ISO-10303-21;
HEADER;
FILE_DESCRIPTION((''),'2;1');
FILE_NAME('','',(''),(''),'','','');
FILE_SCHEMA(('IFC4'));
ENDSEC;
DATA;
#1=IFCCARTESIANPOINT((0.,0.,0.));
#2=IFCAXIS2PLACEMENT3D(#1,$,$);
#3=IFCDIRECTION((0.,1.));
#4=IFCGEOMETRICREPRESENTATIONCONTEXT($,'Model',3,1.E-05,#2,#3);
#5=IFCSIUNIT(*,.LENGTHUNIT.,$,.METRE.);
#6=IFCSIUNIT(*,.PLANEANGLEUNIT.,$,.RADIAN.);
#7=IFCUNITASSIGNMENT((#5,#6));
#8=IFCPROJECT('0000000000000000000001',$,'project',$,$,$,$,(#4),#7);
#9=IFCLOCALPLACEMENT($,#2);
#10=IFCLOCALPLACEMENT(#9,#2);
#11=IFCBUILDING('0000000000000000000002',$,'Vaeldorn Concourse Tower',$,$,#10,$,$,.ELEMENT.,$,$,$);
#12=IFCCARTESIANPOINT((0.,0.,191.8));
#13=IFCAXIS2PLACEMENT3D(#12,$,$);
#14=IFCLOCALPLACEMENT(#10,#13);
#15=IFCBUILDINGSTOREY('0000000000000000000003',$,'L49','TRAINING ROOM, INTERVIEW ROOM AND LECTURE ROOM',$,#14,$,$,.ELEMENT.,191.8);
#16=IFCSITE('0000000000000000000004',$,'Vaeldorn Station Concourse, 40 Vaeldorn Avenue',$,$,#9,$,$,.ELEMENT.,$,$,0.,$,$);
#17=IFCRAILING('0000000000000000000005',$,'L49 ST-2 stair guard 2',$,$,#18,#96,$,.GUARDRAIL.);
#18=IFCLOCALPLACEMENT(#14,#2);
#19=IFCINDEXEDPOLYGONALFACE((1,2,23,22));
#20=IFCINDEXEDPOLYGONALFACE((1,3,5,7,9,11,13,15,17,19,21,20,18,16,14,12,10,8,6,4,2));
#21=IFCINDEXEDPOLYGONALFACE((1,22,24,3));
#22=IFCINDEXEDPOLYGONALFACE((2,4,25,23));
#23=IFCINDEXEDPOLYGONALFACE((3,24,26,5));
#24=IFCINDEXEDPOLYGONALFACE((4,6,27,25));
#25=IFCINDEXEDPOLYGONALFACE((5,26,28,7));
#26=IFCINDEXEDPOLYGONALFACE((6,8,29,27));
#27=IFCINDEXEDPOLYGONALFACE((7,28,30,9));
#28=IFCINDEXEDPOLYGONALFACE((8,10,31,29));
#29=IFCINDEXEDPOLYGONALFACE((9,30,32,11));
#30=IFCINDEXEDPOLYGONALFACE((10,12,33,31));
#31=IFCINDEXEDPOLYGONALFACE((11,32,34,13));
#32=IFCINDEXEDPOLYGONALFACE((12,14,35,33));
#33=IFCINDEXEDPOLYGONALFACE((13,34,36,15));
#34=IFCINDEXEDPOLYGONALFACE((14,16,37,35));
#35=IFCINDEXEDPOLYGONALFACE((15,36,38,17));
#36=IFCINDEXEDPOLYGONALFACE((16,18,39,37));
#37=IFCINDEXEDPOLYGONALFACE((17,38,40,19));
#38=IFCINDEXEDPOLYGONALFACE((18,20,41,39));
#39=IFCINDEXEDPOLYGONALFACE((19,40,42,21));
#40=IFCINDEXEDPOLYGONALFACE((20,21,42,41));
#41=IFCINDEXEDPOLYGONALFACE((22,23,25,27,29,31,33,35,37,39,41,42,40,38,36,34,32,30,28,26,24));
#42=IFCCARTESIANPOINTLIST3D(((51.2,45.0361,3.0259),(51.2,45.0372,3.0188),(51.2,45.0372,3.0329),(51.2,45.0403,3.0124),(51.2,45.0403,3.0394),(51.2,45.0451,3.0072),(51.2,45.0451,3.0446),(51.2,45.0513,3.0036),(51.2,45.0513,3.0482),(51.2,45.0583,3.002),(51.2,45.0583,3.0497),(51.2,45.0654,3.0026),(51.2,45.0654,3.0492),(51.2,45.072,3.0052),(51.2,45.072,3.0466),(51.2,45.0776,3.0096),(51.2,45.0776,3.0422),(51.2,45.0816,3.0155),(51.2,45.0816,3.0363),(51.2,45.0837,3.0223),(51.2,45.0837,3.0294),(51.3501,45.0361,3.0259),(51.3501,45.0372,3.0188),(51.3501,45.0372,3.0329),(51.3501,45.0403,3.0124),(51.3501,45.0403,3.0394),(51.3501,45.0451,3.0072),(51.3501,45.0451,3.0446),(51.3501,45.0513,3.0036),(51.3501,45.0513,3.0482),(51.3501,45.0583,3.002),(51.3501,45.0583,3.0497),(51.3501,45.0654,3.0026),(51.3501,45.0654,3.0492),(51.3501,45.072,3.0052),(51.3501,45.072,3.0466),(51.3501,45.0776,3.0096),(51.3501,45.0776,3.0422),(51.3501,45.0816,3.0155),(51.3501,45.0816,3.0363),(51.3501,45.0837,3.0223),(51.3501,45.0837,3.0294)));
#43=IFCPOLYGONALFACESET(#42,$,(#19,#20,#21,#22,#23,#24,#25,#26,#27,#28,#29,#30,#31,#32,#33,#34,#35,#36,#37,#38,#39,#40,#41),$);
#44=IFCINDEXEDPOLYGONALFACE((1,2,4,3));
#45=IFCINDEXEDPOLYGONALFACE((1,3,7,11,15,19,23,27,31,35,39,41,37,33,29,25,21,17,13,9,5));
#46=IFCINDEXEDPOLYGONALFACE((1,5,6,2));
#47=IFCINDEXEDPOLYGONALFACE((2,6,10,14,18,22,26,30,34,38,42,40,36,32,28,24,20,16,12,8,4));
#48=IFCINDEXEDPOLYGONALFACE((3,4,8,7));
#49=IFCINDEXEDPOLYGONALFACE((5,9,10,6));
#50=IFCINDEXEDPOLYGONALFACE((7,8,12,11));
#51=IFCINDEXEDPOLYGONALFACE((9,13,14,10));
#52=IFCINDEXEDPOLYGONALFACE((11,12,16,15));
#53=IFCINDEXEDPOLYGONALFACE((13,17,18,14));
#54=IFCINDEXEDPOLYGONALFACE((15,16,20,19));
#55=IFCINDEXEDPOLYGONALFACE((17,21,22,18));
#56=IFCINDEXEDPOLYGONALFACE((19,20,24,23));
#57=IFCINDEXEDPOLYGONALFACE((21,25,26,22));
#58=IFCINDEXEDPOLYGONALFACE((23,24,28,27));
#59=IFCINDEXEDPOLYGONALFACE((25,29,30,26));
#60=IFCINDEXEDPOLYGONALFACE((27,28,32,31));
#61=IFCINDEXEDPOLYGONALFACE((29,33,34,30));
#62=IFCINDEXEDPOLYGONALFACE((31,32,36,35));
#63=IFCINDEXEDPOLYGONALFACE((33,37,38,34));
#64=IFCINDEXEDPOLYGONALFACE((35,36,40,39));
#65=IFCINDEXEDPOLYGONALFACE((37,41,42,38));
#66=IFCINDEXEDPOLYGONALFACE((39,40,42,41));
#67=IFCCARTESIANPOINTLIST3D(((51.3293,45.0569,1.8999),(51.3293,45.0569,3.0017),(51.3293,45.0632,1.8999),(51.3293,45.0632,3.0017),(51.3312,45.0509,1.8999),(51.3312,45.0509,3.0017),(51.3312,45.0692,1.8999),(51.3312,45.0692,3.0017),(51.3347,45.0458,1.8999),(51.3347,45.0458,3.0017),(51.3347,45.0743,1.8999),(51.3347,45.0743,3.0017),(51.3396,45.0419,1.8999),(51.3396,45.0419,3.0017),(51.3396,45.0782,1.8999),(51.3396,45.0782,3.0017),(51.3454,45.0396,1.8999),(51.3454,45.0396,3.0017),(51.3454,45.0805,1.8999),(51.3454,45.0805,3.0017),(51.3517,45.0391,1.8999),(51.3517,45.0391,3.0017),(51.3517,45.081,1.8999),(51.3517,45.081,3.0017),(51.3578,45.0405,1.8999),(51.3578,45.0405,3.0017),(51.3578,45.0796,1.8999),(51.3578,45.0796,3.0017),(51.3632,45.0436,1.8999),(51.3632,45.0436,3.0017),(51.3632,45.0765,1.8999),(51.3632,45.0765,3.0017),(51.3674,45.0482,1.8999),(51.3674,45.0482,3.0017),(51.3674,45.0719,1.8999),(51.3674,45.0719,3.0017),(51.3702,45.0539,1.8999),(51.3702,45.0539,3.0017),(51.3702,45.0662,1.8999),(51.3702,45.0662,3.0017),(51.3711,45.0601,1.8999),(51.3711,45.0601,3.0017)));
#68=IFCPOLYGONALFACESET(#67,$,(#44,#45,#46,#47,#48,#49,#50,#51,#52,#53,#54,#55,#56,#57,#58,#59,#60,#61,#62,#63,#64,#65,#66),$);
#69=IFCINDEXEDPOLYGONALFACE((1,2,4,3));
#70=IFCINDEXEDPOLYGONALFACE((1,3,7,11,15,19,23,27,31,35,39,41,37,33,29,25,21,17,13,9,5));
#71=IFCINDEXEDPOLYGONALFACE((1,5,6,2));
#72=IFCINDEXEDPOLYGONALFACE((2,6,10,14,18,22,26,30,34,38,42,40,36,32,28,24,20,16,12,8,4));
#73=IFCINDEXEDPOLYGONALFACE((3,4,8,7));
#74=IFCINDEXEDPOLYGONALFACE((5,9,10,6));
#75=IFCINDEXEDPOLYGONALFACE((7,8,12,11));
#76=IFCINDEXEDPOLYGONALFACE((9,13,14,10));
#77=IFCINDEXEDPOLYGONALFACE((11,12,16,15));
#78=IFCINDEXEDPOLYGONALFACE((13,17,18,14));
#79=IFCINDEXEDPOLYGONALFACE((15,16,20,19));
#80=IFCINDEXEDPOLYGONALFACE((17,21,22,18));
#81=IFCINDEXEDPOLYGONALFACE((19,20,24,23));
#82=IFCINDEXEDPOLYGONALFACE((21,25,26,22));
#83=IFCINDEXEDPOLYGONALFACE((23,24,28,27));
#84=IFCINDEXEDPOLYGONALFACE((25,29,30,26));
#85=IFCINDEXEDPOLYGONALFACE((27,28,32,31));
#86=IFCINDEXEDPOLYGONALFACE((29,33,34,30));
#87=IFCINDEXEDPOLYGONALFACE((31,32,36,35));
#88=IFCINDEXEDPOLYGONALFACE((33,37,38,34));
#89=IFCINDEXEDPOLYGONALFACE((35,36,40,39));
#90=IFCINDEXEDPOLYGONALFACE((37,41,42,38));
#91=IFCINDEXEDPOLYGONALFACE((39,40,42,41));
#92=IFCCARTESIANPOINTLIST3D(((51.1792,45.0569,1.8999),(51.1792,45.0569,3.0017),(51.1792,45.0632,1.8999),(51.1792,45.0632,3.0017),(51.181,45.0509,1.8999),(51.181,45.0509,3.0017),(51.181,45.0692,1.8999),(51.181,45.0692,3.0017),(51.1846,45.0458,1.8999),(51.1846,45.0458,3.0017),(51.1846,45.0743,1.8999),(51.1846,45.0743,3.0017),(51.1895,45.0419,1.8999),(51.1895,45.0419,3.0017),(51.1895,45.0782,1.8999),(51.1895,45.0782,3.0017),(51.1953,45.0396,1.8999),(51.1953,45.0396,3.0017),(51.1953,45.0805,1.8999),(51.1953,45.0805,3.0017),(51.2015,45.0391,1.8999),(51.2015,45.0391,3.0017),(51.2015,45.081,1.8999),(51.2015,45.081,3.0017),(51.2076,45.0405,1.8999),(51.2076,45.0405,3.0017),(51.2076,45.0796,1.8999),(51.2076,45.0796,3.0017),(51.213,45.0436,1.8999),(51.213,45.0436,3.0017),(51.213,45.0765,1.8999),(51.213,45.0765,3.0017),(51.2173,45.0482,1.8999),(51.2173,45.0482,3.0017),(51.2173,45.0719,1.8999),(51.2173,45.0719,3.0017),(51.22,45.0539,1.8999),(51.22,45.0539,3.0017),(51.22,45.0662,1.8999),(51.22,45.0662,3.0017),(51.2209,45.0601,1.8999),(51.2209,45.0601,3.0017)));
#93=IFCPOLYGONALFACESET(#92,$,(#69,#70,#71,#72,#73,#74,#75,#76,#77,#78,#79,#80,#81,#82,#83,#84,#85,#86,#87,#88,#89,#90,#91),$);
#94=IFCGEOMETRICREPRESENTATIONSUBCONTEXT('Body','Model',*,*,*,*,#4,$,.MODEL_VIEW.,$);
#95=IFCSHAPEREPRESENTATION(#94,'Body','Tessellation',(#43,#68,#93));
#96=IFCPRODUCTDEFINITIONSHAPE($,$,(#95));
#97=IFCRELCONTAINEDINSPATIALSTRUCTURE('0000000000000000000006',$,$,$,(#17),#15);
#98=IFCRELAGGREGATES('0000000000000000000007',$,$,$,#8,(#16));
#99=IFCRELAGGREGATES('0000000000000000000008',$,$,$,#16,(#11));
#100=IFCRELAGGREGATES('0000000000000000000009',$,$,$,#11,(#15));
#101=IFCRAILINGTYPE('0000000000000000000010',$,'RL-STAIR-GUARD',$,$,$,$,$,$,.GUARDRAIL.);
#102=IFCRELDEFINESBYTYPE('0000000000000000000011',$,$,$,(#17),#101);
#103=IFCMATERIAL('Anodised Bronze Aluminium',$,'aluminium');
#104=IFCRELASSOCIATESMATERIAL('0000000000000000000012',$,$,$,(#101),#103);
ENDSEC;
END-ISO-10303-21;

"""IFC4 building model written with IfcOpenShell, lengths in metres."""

from ifc_helpers import new_model, si_unit, direction, frame, origin, origin_2d, place, context, subcontext, project, spatial, circle, extrude, material, type_object, element, save


model = new_model("IFC4")

# Units and contexts
model_context = context("Model", 3, precision=1e-05, world=origin(), true_north=direction((0.0, 1.0)))
body_context = subcontext(model_context, "Body", "Model", "MODEL_VIEW")
ifc_project = project(units=[si_unit("LENGTHUNIT", "METRE"), si_unit("PLANEANGLEUNIT", "RADIAN")], contexts=[model_context])

# Site, building, storey
site_placement = place(None, origin())
site = spatial("IfcSite", under=ifc_project, at=site_placement, Name="Vaeldorn Station Concourse, 40 Vaeldorn Avenue", CompositionType="ELEMENT", RefElevation=0.0)
building_placement = place(site_placement, origin())
building = spatial("IfcBuilding", under=site, at=building_placement, Name="Vaeldorn Concourse Tower", CompositionType="ELEMENT")
storey_placement = place(building_placement, frame((0.0, 0.0, 191.8)))
storey = spatial("IfcBuildingStorey", under=building, at=storey_placement, Name="L49", Description="TRAINING ROOM, INTERVIEW ROOM AND LECTURE ROOM", CompositionType="ELEMENT", Elevation=191.8)

# Shared definitions
ifc_material_1 = material(Name="Anodised Bronze Aluminium", Category="aluminium")

# Railing
railing_type_1 = type_object("IfcRailingType", Name="RL-STAIR-GUARD", PredefinedType="GUARDRAIL", material=ifc_material_1)
railing_1_placement = place(storey_placement, frame((51.3501, 45.0601, 1.8999)))
element("IfcRailing", 1, at=railing_1_placement, inside=storey, type_object=railing_type_1, Name="L49 ST-2 stair guard 2", PredefinedType="GUARDRAIL", context=body_context, shape_type="SweptSolid", body=[
    extrude(circle(Radius=0.0239, at=origin_2d()), frame((0.0, 0.0, 1.126), z_axis=(-1.0, 0.0, 0.0), x_axis=(0.0, -1.0, 0.0)), (0.0, 0.0, 1.0), 0.1501),
    extrude(circle(Radius=0.021, at=origin_2d()), origin(), (0.0, 0.0, 1.0), 1.1018),
    extrude(circle(Radius=0.021, at=origin_2d()), frame((-0.1501, 0.0, 0.0)), (0.0, 0.0, 1.0), 1.1018),
])

save(model, "model.ifc")
